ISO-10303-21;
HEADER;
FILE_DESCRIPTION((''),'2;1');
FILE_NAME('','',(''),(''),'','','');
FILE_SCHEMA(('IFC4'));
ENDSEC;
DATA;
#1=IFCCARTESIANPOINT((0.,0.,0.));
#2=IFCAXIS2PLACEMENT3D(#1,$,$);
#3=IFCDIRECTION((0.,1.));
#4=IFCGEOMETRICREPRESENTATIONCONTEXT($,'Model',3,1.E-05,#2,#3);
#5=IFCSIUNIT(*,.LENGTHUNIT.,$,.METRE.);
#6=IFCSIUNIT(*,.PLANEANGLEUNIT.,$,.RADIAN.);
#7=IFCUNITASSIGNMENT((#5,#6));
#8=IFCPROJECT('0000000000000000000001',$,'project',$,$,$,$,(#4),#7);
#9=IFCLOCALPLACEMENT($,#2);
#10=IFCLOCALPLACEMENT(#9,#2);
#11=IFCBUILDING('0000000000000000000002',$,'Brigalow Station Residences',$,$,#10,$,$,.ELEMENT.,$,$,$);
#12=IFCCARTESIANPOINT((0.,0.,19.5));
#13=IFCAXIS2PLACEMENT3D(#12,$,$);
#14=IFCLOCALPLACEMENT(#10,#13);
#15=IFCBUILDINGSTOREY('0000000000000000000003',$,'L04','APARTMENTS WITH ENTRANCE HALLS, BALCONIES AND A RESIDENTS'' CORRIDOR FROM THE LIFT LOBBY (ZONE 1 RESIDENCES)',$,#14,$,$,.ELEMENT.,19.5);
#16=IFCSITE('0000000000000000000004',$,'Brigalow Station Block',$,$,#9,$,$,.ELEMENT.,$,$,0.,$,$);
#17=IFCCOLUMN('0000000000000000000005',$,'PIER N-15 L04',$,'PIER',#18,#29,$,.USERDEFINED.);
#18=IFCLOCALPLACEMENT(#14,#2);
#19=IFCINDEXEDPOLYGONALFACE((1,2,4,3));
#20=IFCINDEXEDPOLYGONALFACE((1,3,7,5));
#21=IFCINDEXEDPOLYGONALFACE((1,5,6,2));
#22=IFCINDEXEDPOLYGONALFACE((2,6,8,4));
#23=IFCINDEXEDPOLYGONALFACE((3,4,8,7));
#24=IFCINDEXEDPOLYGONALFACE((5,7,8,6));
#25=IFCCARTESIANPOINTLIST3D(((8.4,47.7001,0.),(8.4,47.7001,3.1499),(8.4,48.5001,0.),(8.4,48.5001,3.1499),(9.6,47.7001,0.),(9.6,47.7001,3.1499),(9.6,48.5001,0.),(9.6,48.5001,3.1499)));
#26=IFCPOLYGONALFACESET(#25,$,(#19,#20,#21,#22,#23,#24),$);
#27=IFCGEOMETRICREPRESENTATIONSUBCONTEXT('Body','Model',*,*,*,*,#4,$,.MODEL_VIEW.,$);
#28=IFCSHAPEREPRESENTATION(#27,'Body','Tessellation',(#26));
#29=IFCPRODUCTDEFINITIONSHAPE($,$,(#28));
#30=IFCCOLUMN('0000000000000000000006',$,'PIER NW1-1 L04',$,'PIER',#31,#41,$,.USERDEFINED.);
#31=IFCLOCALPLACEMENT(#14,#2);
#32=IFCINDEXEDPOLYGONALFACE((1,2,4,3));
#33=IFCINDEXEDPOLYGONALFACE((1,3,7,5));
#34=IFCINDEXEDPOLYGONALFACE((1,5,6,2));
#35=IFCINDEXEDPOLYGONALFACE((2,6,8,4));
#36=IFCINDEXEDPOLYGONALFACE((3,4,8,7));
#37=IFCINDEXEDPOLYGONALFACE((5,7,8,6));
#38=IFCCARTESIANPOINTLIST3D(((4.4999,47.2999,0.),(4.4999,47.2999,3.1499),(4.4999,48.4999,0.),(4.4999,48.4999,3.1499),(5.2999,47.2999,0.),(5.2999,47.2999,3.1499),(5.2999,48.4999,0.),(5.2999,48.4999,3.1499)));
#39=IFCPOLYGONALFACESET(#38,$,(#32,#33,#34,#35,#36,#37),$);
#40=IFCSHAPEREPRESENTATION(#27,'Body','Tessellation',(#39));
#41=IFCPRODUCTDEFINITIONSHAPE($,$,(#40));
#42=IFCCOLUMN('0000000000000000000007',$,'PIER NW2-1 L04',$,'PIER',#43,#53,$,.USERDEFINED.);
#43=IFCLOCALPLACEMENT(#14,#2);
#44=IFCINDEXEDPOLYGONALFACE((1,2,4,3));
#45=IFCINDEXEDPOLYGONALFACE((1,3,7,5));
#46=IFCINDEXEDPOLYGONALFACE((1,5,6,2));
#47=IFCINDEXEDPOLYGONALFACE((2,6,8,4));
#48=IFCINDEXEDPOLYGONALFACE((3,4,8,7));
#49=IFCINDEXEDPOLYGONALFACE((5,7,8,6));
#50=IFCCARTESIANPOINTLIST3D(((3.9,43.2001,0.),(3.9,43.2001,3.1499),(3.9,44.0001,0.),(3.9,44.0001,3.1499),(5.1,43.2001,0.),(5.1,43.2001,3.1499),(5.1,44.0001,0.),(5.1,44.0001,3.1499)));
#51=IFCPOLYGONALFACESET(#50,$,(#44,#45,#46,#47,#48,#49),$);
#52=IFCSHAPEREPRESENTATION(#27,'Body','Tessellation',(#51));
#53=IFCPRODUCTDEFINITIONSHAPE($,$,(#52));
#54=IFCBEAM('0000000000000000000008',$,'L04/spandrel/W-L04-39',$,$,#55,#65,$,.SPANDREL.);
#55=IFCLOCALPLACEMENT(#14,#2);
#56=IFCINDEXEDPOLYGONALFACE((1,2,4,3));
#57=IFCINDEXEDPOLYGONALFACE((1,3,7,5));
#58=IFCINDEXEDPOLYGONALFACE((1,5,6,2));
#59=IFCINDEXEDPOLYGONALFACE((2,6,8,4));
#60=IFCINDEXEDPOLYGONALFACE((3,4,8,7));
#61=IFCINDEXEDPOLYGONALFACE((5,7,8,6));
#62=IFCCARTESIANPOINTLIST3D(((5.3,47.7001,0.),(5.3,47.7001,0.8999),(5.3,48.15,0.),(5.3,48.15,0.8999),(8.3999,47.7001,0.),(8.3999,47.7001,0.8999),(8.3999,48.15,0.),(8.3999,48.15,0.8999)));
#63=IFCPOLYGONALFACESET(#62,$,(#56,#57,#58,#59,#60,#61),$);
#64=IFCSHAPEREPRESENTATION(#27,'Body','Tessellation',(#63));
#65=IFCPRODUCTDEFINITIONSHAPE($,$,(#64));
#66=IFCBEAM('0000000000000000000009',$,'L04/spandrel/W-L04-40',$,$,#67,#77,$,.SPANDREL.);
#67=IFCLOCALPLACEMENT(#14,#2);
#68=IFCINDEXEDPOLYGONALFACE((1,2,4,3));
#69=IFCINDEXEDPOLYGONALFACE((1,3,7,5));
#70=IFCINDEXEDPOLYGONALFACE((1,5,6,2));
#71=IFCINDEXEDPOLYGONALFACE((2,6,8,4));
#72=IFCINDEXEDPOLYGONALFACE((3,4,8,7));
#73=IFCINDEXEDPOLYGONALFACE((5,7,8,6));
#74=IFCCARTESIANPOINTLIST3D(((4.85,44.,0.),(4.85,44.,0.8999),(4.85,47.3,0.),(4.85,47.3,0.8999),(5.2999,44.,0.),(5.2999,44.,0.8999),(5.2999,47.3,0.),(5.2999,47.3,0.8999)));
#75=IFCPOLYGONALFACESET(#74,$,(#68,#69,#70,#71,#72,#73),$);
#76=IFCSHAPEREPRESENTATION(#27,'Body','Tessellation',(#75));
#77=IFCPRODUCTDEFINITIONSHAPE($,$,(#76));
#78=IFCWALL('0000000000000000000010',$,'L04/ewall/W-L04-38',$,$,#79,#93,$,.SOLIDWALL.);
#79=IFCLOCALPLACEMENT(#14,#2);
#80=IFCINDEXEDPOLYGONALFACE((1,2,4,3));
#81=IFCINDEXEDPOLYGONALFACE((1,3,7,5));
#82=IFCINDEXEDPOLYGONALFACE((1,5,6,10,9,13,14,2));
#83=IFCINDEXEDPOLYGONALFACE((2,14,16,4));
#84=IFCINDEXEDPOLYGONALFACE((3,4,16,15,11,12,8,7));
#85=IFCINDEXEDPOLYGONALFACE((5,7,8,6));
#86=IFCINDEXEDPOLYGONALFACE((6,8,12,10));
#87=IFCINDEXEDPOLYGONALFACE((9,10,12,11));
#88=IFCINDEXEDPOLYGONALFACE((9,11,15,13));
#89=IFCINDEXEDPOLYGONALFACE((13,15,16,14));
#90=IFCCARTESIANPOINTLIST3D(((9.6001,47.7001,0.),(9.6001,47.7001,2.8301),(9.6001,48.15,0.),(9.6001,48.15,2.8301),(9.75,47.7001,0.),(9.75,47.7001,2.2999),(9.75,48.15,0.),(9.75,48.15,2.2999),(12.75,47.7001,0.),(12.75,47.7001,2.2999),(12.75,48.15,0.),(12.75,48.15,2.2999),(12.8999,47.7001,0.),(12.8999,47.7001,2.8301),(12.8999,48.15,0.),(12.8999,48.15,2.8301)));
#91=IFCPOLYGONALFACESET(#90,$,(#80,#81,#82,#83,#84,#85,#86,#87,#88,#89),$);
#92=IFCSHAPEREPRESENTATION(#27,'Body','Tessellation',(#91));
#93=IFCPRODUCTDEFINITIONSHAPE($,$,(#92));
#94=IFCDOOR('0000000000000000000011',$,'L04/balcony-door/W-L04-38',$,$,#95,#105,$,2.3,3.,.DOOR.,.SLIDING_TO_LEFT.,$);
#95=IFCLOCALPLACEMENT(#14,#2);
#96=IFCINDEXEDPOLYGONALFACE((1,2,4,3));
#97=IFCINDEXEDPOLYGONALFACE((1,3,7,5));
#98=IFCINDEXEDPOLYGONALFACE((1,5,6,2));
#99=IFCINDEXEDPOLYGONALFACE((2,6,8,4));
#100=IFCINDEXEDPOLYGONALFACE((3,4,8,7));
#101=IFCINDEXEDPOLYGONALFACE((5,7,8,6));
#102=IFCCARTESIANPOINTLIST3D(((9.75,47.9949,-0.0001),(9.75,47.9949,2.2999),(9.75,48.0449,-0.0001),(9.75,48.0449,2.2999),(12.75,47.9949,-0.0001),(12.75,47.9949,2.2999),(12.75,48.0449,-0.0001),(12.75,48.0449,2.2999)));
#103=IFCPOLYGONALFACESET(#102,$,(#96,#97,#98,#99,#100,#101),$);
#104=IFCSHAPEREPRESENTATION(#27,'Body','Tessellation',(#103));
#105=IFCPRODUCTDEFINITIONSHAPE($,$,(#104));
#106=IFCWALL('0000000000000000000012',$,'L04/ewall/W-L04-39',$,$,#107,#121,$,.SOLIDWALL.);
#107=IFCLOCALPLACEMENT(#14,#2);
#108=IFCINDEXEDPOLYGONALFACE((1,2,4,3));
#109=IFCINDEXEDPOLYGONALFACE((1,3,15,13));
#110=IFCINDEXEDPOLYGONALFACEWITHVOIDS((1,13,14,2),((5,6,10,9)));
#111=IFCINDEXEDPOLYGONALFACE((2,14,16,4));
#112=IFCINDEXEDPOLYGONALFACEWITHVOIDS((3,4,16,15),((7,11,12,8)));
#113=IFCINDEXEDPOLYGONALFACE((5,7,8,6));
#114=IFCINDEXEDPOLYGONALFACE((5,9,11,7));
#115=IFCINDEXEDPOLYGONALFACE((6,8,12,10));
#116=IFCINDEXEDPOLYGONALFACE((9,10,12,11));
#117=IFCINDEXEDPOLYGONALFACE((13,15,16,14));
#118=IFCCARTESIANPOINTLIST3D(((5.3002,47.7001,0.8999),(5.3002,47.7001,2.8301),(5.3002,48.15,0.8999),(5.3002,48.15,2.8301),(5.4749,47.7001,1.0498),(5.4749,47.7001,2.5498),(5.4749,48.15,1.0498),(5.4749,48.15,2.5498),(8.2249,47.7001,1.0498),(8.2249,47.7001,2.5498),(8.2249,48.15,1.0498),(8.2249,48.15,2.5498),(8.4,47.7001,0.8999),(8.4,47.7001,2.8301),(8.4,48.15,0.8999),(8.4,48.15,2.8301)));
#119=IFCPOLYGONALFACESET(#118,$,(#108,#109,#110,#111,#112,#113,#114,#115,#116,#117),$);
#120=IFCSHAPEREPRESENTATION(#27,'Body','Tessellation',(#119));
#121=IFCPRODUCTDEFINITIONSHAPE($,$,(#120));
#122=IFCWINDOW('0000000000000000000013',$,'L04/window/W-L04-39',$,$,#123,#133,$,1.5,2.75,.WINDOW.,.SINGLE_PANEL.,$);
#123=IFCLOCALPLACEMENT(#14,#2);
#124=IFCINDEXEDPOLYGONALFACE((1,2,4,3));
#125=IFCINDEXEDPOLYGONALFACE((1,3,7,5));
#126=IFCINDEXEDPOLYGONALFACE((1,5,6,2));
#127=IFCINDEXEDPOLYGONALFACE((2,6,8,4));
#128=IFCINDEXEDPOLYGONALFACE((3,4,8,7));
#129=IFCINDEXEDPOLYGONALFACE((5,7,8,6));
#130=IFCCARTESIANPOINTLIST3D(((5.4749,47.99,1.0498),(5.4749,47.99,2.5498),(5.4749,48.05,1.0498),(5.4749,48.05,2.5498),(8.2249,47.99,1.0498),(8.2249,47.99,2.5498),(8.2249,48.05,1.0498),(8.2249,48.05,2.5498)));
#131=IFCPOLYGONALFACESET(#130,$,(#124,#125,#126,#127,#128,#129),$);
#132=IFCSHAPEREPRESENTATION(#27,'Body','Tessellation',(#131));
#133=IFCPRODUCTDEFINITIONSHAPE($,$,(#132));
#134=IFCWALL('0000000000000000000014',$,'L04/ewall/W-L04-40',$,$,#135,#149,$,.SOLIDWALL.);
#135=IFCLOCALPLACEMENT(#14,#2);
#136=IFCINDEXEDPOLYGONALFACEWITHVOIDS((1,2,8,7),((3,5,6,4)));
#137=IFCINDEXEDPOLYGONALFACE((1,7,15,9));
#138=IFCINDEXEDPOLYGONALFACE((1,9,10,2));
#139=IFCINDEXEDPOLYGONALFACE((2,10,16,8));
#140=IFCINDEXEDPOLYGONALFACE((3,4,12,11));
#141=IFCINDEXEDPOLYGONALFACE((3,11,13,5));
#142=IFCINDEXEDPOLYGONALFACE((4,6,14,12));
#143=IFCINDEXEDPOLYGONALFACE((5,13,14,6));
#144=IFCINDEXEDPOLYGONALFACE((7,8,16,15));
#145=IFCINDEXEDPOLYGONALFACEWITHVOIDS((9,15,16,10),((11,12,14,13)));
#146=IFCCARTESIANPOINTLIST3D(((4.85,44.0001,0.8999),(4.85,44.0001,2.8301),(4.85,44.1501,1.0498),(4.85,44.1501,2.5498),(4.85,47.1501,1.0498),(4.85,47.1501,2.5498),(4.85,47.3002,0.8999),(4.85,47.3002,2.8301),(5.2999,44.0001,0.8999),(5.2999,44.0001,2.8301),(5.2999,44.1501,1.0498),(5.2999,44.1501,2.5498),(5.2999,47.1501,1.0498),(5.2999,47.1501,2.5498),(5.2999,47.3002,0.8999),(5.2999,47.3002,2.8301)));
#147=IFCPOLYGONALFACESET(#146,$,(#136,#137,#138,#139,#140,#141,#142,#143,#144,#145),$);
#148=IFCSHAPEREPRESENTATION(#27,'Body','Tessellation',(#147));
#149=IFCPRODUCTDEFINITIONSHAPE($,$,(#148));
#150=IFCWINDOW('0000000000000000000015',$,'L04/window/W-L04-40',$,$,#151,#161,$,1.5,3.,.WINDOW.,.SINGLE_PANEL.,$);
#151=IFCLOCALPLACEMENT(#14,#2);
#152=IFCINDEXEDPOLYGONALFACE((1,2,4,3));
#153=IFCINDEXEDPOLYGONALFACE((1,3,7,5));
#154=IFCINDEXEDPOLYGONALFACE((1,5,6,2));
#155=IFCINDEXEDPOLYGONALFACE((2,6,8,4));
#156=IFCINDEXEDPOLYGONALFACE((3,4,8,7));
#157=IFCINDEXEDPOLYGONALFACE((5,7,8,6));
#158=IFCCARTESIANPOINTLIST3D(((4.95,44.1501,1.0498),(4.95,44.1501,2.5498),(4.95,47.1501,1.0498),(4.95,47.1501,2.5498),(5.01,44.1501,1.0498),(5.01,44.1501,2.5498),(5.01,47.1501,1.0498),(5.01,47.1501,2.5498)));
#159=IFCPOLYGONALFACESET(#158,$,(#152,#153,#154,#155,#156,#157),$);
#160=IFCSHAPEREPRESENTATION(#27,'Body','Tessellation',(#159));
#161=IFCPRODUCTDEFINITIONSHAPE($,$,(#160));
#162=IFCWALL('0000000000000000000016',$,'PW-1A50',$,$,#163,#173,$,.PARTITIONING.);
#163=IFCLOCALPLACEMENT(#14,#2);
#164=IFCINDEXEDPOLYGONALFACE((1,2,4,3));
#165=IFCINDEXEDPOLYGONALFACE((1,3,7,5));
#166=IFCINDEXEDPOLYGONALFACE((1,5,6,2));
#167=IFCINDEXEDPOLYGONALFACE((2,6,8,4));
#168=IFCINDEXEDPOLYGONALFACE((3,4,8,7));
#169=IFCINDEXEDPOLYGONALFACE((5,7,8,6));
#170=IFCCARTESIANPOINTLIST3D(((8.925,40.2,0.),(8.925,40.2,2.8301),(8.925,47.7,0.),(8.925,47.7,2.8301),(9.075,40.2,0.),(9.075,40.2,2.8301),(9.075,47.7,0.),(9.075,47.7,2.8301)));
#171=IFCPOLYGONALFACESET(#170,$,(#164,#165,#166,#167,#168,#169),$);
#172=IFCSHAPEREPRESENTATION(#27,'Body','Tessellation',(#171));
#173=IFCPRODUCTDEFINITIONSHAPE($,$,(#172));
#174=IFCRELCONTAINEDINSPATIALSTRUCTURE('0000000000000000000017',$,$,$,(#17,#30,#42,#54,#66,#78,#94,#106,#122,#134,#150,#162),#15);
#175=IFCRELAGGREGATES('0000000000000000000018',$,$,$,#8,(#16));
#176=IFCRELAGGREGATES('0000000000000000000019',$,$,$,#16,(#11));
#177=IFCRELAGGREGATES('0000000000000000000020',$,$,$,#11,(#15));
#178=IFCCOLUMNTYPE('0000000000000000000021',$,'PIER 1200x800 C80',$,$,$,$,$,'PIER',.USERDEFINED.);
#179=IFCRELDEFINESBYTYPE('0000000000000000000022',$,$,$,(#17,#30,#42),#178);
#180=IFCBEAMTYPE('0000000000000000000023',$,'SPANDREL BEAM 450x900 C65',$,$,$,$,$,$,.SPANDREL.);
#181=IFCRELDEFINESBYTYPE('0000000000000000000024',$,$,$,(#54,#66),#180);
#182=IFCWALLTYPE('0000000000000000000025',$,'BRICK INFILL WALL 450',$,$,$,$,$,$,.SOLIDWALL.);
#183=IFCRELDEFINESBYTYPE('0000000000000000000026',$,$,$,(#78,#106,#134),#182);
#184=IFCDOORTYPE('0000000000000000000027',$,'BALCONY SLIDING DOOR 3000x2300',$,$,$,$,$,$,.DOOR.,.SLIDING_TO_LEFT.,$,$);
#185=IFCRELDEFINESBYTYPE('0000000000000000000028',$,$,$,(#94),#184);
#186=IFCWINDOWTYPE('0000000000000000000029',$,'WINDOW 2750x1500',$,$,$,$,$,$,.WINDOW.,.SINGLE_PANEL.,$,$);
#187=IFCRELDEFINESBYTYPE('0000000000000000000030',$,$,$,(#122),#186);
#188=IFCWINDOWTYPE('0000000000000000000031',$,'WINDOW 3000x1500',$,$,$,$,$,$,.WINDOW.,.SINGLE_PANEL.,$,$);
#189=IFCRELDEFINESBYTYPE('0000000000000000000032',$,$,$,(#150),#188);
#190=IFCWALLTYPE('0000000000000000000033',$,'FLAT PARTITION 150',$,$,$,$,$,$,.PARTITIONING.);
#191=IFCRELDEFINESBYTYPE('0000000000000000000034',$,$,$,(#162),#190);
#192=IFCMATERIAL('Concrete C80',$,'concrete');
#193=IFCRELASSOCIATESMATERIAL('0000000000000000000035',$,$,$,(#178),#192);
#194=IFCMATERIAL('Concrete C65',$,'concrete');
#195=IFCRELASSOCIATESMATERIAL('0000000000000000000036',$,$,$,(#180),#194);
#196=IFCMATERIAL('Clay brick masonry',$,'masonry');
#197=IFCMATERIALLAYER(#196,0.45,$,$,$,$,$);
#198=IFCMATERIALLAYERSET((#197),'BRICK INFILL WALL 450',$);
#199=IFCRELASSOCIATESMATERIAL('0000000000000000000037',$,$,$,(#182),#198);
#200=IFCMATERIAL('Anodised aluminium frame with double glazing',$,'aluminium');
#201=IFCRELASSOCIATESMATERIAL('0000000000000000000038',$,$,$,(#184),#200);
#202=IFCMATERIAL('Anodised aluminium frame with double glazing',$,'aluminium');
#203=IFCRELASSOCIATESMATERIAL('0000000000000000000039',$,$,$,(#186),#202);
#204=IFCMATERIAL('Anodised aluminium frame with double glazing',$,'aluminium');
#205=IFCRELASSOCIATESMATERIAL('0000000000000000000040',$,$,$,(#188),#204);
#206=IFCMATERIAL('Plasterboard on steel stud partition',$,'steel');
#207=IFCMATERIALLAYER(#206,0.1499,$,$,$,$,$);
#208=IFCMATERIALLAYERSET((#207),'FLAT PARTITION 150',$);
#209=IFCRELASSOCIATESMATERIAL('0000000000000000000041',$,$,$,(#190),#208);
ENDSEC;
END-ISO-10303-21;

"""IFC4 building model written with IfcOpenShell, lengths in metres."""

from ifc_helpers import new_model, si_unit, direction, frame, frame_2d, origin, origin_2d, place, context, subcontext, project, spatial, rectangle, extrude, material, layer, layer_set, material_profile, profile_set, type_object, element, fill, save


model = new_model("IFC4")

# Units and contexts
model_context = context("Model", 3, precision=1e-05, world=origin(), true_north=direction((0.0, 1.0)))
body_context = subcontext(model_context, "Body", "Model", "MODEL_VIEW")
ifc_project = project(units=[si_unit("LENGTHUNIT", "METRE"), si_unit("PLANEANGLEUNIT", "RADIAN")], contexts=[model_context])

# Site, building, storey
site_placement = place(None, origin())
site = spatial("IfcSite", under=ifc_project, at=site_placement, Name="Brigalow Station Block", CompositionType="ELEMENT", RefElevation=0.0)
building_placement = place(site_placement, origin())
building = spatial("IfcBuilding", under=site, at=building_placement, Name="Brigalow Station Residences", CompositionType="ELEMENT")
storey_placement = place(building_placement, frame((0.0, 0.0, 19.5)))
storey = spatial("IfcBuildingStorey", under=building, at=storey_placement, Name="L04", Description="APARTMENTS WITH ENTRANCE HALLS, BALCONIES AND A RESIDENTS' CORRIDOR FROM THE LIFT LOBBY (ZONE 1 RESIDENCES)", CompositionType="ELEMENT", Elevation=19.5)

# Columns
ifc_material_1 = material(Name="Concrete C80", Category="concrete")
ifc_material_profile_1 = material_profile(ifc_material_1, rectangle(XDim=1.2, YDim=0.8, at=origin_2d()), Name="RC1200x800")
ifc_profile_set_1 = profile_set([ifc_material_profile_1], Name="Concrete C80")
column_type = type_object("IfcColumnType", Name="PIER 1200x800 C80", ElementType="PIER", PredefinedType="USERDEFINED", material=ifc_profile_set_1)
for number, where, z_axis, x_axis, name in (
    (1, (9.0, 48.1001, 0.0), (0.0, 0.0, 1.0), (-1.0, 0.0, 0.0), "PIER N-15 L04"),
    (2, (4.8999, 47.8999, 0.0), (0.0, 0.0, 1.0), (0.0, -1.0, 0.0), "PIER NW1-1 L04"),
    (3, (4.5, 43.6001, 0.0), (0.0, 0.0, 1.0), (-1.0, 0.0, 0.0), "PIER NW2-1 L04"),
):
    element("IfcColumn", number, at=place(storey_placement, frame(where, z_axis=z_axis, x_axis=x_axis)), inside=storey, type_object=column_type, Name=name, ObjectType="PIER", PredefinedType="USERDEFINED", context=body_context, shape_type="SweptSolid", body=[
        extrude(rectangle(XDim=1.2, YDim=0.8, at=origin_2d()), origin(), (0.0, 0.0, 1.0), 3.1499),
    ])

# Beams
ifc_material_2 = material(Name="Concrete C65", Category="concrete")
ifc_material_profile_2 = material_profile(ifc_material_2, rectangle(XDim=0.45, YDim=0.8999, at=origin_2d()), Name="RC450x900")
ifc_profile_set_2 = profile_set([ifc_material_profile_2], Name="Concrete C65")
beam_type = type_object("IfcBeamType", Name="SPANDREL BEAM 450x900 C65", PredefinedType="SPANDREL", material=ifc_profile_set_2)
beam_1_placement = place(storey_placement, frame((8.3999, 47.925, 0.45), z_axis=(-1.0, 0.0, 0.0), x_axis=(0.0, -1.0, 0.0)))
element("IfcBeam", 4, at=beam_1_placement, inside=storey, type_object=beam_type, Name="L04/spandrel/W-L04-39", PredefinedType="SPANDREL", context=body_context, shape_type="SweptSolid", body=[
    extrude(rectangle(XDim=0.45, YDim=0.8999, at=origin_2d()), origin(), (0.0, 0.0, 1.0), 3.0999),
])
beam_2_placement = place(storey_placement, frame((5.075, 47.3, 0.45), z_axis=(0.0, -1.0, 0.0), x_axis=(1.0, 0.0, 0.0)))
element("IfcBeam", 5, at=beam_2_placement, inside=storey, type_object=beam_type, Name="L04/spandrel/W-L04-40", PredefinedType="SPANDREL", context=body_context, shape_type="SweptSolid", body=[
    extrude(rectangle(XDim=0.45, YDim=0.8999, at=origin_2d()), origin(), (0.0, 0.0, 1.0), 3.3),
])

# Wall, opening, door
ifc_material_3 = material(Name="Clay brick masonry", Category="masonry")
ifc_layer_1 = layer(ifc_material_3, 0.45)
ifc_layer_set_1 = layer_set([ifc_layer_1], Name="BRICK INFILL WALL 450")
wall_type_1 = type_object("IfcWallType", Name="BRICK INFILL WALL 450", PredefinedType="SOLIDWALL", material=ifc_layer_set_1)
wall_1_placement = place(storey_placement, frame((12.8999, 47.925, 0.0), z_axis=(0.0, 0.0, 1.0), x_axis=(-1.0, 0.0, 0.0)))
wall_1 = element("IfcWall", 6, at=wall_1_placement, inside=storey, type_object=wall_type_1, Name="L04/ewall/W-L04-38", PredefinedType="SOLIDWALL", context=body_context, shape_type="SweptSolid", body=[
    extrude(rectangle(XDim=3.2998, YDim=0.45, at=frame_2d((1.6499, 0.0))), origin(), (0.0, 0.0, 1.0), 2.8301),
])
opening_1_placement = place(wall_1_placement, frame((0.1499, 0.0, 0.0)))
opening_1 = element("IfcOpeningElement", 7, at=opening_1_placement, cuts=wall_1, PredefinedType="OPENING", context=body_context, shape_type="SweptSolid", body=[
    extrude(rectangle(XDim=3.0, YDim=2.3, at=frame_2d((1.5, 1.1499))), frame((0.0, 0.2349, 0.0), z_axis=(0.0, -1.0, 0.0), x_axis=(1.0, 0.0, 0.0)), (0.0, 0.0, 1.0), 0.47),
])
ifc_material_4 = material(Name="Anodised aluminium frame with double glazing", Category="aluminium")
door_type_1 = type_object("IfcDoorType", Name="BALCONY SLIDING DOOR 3000x2300", OperationType="SLIDING_TO_LEFT", PredefinedType="DOOR", material=ifc_material_4)
door_1_placement = place(opening_1_placement, origin())
door_1 = element("IfcDoor", 8, at=door_1_placement, inside=storey, type_object=door_type_1, Name="L04/balcony-door/W-L04-38", OperationType="SLIDING_TO_LEFT", OverallHeight=2.3, OverallWidth=3.0, PredefinedType="DOOR", context=body_context, shape_type="SweptSolid", body=[
    extrude(rectangle(XDim=3.0, YDim=2.3, at=frame_2d((1.5, 1.1499))), frame((0.0, -0.0698, 0.0), z_axis=(0.0, -1.0, 0.0), x_axis=(1.0, 0.0, 0.0)), (0.0, 0.0, 1.0), 0.05),
])
fill(opening_1, door_1)

# Walls, openings, windows
wall_2_placement = place(storey_placement, frame((8.3999, 47.925, 0.8999), z_axis=(0.0, 0.0, 1.0), x_axis=(-1.0, 0.0, 0.0)))
wall_2 = element("IfcWall", 9, at=wall_2_placement, inside=storey, type_object=wall_type_1, Name="L04/ewall/W-L04-39", PredefinedType="SOLIDWALL", context=body_context, shape_type="SweptSolid", body=[
    extrude(rectangle(XDim=3.0999, YDim=0.45, at=frame_2d((1.5498, 0.0))), origin(), (0.0, 0.0, 1.0), 1.9302),
])
opening_2_placement = place(wall_2_placement, frame((0.175, 0.0, 0.1499)))
opening_2 = element("IfcOpeningElement", 10, at=opening_2_placement, cuts=wall_2, PredefinedType="OPENING", context=body_context, shape_type="SweptSolid", body=[
    extrude(rectangle(XDim=2.75, YDim=1.5, at=frame_2d((1.375, 0.75))), frame((0.0, 0.2349, 0.0), z_axis=(0.0, -1.0, 0.0), x_axis=(1.0, 0.0, 0.0)), (0.0, 0.0, 1.0), 0.47),
])
ifc_material_5 = material(Name="Anodised aluminium frame with double glazing", Category="aluminium")
window_type_1 = type_object("IfcWindowType", Name="WINDOW 2750x1500", PartitioningType="SINGLE_PANEL", PredefinedType="WINDOW", material=ifc_material_5)
window_1_placement = place(opening_2_placement, origin())
window_1 = element("IfcWindow", 11, at=window_1_placement, inside=storey, type_object=window_type_1, Name="L04/window/W-L04-39", OverallHeight=1.5, OverallWidth=2.75, PartitioningType="SINGLE_PANEL", PredefinedType="WINDOW", context=body_context, shape_type="SweptSolid", body=[
    extrude(rectangle(XDim=2.75, YDim=1.5, at=frame_2d((1.375, 0.75))), frame((0.0, -0.0649, 0.0), z_axis=(0.0, -1.0, 0.0), x_axis=(1.0, 0.0, 0.0)), (0.0, 0.0, 1.0), 0.0601),
])
fill(opening_2, window_1)
wall_3_placement = place(storey_placement, frame((5.075, 47.3, 0.8999), z_axis=(0.0, 0.0, 1.0), x_axis=(0.0, -1.0, 0.0)))
wall_3 = element("IfcWall", 12, at=wall_3_placement, inside=storey, type_object=wall_type_1, Name="L04/ewall/W-L04-40", PredefinedType="SOLIDWALL", context=body_context, shape_type="SweptSolid", body=[
    extrude(rectangle(XDim=3.3, YDim=0.45, at=frame_2d((1.6499, 0.0))), origin(), (0.0, 0.0, 1.0), 1.9302),
])
opening_3_placement = place(wall_3_placement, frame((0.1499, 0.0, 0.1499)))
opening_3 = element("IfcOpeningElement", 13, at=opening_3_placement, cuts=wall_3, PredefinedType="OPENING", context=body_context, shape_type="SweptSolid", body=[
    extrude(rectangle(XDim=3.0, YDim=1.5, at=frame_2d((1.5, 0.75))), frame((0.0, 0.2349, 0.0), z_axis=(0.0, -1.0, 0.0), x_axis=(1.0, 0.0, 0.0)), (0.0, 0.0, 1.0), 0.47),
])
ifc_material_6 = material(Name="Anodised aluminium frame with double glazing", Category="aluminium")
window_type_2 = type_object("IfcWindowType", Name="WINDOW 3000x1500", PartitioningType="SINGLE_PANEL", PredefinedType="WINDOW", material=ifc_material_6)
window_2_placement = place(opening_3_placement, origin())
window_2 = element("IfcWindow", 14, at=window_2_placement, inside=storey, type_object=window_type_2, Name="L04/window/W-L04-40", OverallHeight=1.5, OverallWidth=3.0, PartitioningType="SINGLE_PANEL", PredefinedType="WINDOW", context=body_context, shape_type="SweptSolid", body=[
    extrude(rectangle(XDim=3.0, YDim=1.5, at=frame_2d((1.5, 0.75))), frame((0.0, -0.0649, 0.0), z_axis=(0.0, -1.0, 0.0), x_axis=(1.0, 0.0, 0.0)), (0.0, 0.0, 1.0), 0.0601),
])
fill(opening_3, window_2)

# Wall
ifc_material_7 = material(Name="Plasterboard on steel stud partition", Category="steel")
ifc_layer_2 = layer(ifc_material_7, 0.1499)
ifc_layer_set_2 = layer_set([ifc_layer_2], Name="FLAT PARTITION 150")
wall_type_2 = type_object("IfcWallType", Name="FLAT PARTITION 150", PredefinedType="PARTITIONING", material=ifc_layer_set_2)
wall_4_placement = place(storey_placement, frame((9.0, 40.2, 0.0), z_axis=(0.0, 0.0, 1.0), x_axis=(0.0, 1.0, 0.0)))
element("IfcWall", 15, at=wall_4_placement, inside=storey, type_object=wall_type_2, Name="PW-1A50", PredefinedType="PARTITIONING", context=body_context, shape_type="SweptSolid", body=[
    extrude(rectangle(XDim=7.5, YDim=0.1499, at=frame_2d((3.75, 0.0))), origin(), (0.0, 0.0, 1.0), 2.8301),
])

save(model, "model.ifc")
